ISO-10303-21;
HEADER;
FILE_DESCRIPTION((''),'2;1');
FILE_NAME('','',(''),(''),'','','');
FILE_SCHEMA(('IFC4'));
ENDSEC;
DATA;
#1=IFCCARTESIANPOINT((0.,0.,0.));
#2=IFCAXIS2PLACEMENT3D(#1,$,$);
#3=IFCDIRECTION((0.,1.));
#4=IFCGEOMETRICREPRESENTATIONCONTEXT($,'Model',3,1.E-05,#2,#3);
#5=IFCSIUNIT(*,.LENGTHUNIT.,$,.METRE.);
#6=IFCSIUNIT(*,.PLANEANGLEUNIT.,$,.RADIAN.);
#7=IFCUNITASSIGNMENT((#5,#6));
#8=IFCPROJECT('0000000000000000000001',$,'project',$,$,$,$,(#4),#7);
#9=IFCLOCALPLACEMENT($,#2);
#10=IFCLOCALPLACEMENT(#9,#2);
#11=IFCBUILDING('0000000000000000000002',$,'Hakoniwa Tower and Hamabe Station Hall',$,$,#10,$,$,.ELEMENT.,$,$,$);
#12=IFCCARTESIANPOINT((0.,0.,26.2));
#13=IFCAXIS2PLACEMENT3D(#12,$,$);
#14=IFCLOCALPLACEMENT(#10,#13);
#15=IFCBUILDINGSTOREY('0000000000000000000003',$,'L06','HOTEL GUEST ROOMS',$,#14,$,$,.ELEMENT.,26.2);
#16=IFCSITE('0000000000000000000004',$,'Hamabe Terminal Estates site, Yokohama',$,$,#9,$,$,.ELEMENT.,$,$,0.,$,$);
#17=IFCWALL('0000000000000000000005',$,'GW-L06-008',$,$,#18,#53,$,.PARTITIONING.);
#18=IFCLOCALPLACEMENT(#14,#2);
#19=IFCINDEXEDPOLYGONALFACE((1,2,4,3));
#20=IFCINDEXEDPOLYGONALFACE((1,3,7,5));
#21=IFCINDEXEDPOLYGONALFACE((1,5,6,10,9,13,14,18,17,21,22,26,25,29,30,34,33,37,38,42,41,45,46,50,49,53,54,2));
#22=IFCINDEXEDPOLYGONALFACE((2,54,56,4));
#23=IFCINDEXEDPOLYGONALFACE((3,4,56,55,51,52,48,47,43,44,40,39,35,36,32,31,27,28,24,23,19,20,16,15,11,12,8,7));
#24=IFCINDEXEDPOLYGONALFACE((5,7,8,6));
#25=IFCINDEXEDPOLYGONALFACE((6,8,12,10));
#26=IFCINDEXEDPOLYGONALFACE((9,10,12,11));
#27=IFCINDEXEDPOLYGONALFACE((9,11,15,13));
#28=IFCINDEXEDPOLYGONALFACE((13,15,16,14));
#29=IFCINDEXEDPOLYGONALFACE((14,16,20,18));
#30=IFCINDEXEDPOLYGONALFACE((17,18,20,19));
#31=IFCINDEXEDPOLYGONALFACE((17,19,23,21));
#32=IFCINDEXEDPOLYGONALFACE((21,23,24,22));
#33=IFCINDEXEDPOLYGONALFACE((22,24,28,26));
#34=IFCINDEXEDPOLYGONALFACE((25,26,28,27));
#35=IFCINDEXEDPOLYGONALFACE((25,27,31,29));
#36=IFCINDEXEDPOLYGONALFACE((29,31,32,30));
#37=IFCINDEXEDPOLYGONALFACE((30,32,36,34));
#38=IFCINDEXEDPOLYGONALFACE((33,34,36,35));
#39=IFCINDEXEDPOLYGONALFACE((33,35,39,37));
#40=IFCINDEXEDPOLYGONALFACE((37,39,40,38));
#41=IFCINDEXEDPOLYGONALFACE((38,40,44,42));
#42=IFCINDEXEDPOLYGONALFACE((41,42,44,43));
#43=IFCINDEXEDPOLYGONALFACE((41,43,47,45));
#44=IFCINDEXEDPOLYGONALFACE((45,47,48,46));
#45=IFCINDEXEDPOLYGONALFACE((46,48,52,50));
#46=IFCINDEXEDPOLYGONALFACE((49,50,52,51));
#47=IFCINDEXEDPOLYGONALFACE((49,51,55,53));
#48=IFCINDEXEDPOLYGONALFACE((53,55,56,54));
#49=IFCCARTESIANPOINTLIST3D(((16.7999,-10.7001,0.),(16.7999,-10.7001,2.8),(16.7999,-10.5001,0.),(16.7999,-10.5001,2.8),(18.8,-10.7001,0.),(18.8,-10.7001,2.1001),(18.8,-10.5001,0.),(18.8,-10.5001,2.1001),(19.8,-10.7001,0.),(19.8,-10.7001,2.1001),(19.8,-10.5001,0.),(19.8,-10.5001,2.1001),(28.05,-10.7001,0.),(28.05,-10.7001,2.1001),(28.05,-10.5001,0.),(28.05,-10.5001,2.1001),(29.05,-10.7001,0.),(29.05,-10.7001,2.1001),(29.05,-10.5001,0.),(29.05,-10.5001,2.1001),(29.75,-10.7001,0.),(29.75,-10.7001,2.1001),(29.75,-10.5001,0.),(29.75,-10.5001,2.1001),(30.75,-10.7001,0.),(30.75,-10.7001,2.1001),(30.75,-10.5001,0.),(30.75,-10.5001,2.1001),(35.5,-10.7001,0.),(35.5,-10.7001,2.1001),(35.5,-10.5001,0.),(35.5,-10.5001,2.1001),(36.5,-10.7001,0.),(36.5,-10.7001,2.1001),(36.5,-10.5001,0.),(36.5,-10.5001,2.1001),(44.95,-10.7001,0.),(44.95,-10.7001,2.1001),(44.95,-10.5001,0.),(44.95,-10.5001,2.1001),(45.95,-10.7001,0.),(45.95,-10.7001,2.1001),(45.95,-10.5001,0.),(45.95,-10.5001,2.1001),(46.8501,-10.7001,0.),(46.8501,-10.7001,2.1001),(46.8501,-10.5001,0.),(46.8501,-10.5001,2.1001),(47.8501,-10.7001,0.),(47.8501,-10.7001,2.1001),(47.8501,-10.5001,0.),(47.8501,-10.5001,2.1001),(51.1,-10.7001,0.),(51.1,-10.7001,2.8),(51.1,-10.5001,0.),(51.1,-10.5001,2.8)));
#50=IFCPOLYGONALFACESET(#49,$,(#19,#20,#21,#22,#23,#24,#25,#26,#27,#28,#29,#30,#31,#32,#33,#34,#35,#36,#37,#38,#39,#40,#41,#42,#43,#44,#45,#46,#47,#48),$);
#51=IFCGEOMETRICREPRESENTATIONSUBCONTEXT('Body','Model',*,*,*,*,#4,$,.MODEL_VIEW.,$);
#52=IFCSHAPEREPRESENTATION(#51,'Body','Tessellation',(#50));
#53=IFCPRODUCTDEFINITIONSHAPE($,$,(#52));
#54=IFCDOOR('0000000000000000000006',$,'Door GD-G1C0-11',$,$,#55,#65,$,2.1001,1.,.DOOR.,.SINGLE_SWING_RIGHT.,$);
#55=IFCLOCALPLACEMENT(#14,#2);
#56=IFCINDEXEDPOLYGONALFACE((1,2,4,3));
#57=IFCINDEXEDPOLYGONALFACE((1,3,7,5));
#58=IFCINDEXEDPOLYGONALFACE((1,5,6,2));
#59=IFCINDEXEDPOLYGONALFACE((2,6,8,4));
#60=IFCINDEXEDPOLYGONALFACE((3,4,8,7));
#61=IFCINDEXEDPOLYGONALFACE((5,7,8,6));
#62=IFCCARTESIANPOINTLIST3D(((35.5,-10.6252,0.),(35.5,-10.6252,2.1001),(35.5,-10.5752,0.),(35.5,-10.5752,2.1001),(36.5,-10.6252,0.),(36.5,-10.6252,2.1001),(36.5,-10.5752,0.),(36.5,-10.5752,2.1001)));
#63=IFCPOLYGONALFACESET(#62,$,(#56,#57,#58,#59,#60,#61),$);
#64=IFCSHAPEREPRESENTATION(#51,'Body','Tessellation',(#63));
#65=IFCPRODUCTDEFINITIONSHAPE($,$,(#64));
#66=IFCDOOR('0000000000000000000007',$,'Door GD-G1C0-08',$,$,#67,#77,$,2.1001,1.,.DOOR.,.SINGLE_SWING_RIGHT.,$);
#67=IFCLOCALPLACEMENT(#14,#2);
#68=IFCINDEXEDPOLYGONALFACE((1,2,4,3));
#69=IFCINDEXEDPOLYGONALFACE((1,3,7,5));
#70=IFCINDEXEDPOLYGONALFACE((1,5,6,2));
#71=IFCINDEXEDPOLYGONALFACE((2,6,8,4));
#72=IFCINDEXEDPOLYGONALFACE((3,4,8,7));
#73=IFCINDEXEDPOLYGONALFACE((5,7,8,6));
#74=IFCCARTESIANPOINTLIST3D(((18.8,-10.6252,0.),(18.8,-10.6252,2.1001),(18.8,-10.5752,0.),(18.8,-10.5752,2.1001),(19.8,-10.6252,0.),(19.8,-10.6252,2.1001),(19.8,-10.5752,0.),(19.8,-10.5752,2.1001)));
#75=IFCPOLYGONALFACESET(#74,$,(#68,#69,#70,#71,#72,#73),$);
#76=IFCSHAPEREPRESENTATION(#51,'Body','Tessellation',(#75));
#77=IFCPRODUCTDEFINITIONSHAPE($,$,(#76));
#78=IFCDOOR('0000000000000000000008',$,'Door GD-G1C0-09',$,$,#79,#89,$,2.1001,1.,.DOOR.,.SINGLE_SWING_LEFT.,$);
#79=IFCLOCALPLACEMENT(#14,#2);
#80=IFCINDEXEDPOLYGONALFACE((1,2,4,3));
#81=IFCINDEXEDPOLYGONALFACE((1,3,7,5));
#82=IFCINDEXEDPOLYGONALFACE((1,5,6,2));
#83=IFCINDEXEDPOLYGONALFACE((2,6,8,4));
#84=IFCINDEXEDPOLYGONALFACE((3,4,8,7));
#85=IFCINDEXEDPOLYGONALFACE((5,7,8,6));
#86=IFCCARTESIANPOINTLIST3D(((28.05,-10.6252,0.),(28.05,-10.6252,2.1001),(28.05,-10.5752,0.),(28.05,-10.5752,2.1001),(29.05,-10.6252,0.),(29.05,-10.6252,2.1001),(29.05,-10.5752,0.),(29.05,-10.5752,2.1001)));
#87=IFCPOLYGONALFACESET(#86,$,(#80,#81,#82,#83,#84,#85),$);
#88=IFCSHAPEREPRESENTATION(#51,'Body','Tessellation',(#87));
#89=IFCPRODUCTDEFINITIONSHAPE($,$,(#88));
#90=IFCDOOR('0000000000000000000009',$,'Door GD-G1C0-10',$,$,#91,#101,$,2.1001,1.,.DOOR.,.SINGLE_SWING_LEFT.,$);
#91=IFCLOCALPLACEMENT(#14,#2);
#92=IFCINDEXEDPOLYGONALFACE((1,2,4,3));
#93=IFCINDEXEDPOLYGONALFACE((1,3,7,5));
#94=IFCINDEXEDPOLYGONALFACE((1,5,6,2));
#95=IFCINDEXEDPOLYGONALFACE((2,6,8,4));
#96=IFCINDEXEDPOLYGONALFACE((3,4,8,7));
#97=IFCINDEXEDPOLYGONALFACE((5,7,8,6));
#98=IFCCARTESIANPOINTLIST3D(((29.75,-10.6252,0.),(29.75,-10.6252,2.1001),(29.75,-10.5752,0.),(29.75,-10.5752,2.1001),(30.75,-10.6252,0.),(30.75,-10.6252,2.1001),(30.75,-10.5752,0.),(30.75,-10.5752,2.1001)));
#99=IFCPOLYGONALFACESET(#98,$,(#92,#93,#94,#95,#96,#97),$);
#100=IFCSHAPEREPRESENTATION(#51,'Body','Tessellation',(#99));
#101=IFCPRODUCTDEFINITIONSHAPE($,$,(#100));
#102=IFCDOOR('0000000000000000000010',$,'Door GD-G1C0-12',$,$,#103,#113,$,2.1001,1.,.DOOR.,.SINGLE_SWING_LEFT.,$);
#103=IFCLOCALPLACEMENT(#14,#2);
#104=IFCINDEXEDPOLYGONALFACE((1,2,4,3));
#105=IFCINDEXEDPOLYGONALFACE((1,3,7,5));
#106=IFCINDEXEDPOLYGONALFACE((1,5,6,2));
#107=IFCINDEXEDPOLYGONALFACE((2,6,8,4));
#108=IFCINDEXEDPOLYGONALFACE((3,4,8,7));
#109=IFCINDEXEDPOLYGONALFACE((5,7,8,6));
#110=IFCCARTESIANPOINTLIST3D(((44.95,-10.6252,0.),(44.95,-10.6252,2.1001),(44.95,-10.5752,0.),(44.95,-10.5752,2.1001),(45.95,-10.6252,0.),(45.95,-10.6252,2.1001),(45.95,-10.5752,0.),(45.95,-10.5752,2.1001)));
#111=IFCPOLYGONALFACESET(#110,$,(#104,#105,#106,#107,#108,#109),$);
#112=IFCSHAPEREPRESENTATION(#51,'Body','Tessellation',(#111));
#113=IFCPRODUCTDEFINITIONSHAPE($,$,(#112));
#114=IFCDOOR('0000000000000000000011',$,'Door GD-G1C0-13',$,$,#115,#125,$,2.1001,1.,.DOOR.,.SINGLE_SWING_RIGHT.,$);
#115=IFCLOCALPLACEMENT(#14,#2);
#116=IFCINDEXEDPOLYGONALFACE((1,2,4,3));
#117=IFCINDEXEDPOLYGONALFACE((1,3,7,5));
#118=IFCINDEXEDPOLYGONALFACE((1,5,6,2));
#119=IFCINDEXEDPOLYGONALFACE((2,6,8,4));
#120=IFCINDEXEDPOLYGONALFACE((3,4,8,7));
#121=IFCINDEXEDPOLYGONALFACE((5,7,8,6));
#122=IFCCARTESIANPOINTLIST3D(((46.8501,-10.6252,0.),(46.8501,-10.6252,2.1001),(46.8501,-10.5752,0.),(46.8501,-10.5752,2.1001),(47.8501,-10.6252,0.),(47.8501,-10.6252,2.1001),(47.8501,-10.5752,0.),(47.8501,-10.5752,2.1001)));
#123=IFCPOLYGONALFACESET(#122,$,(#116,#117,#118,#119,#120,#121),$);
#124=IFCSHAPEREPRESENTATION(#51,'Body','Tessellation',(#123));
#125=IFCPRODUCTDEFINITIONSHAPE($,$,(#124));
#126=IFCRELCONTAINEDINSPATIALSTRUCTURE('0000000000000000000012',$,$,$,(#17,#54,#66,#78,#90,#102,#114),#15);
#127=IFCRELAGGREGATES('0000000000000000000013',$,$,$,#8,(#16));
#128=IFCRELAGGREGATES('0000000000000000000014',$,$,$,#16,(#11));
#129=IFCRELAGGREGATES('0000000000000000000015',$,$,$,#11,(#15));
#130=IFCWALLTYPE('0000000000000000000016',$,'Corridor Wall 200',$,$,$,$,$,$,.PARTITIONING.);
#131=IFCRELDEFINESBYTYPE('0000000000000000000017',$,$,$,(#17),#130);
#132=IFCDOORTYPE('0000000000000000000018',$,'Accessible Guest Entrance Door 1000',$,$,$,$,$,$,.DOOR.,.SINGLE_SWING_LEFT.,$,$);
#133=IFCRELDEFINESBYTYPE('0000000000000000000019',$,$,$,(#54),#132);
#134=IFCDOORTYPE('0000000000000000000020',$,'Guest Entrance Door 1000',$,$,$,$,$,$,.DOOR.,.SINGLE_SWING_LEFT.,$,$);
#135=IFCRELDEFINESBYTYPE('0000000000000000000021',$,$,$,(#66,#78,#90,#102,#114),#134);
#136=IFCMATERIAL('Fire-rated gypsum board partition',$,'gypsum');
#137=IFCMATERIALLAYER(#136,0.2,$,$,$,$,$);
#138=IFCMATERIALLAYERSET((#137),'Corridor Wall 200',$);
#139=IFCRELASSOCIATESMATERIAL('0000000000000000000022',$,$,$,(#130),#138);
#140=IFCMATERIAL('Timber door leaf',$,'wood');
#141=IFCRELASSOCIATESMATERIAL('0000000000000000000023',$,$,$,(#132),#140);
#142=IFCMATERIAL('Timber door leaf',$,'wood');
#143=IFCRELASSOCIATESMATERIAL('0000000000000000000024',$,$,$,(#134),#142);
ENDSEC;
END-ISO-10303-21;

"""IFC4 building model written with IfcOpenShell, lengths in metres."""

from ifc_helpers import new_model, si_unit, direction, frame, frame_2d, origin, place, context, subcontext, project, spatial, rectangle, extrude, material, layer, layer_set, type_object, element, fill, save


model = new_model("IFC4")

# Units and contexts
model_context = context("Model", 3, precision=1e-05, world=origin(), true_north=direction((0.0, 1.0)))
body_context = subcontext(model_context, "Body", "Model", "MODEL_VIEW")
ifc_project = project(units=[si_unit("LENGTHUNIT", "METRE"), si_unit("PLANEANGLEUNIT", "RADIAN")], contexts=[model_context])

# Site, building, storey
site_placement = place(None, origin())
site = spatial("IfcSite", under=ifc_project, at=site_placement, Name="Hamabe Terminal Estates site, Yokohama", CompositionType="ELEMENT", RefElevation=0.0)
building_placement = place(site_placement, origin())
building = spatial("IfcBuilding", under=site, at=building_placement, Name="Hakoniwa Tower and Hamabe Station Hall", CompositionType="ELEMENT")
storey_placement = place(building_placement, frame((0.0, 0.0, 26.2)))
storey = spatial("IfcBuildingStorey", under=building, at=storey_placement, Name="L06", Description="HOTEL GUEST ROOMS", CompositionType="ELEMENT", Elevation=26.2)

# Wall, openings, doors
ifc_material_1 = material(Name="Fire-rated gypsum board partition", Category="gypsum")
ifc_layer_1 = layer(ifc_material_1, 0.2)
ifc_layer_set_1 = layer_set([ifc_layer_1], Name="Corridor Wall 200")
wall_type_1 = type_object("IfcWallType", Name="Corridor Wall 200", PredefinedType="PARTITIONING", material=ifc_layer_set_1)
wall_1_placement = place(storey_placement, frame((16.8, -10.6001, 0.0), z_axis=(0.0, 0.0, 1.0), x_axis=(1.0, 0.0, 0.0)))
wall_1 = element("IfcWall", 1, at=wall_1_placement, inside=storey, type_object=wall_type_1, Name="GW-L06-008", PredefinedType="PARTITIONING", context=body_context, shape_type="SweptSolid", body=[
    extrude(rectangle(XDim=34.3, YDim=0.2, at=frame_2d((17.1499, 0.0))), origin(), (0.0, 0.0, 1.0), 2.8),
])
opening_1_placement = place(wall_1_placement, frame((2.0, 0.0, 0.0)))
opening_1 = element("IfcOpeningElement", 2, at=opening_1_placement, cuts=wall_1, PredefinedType="OPENING", context=body_context, shape_type="SweptSolid", body=[
    extrude(rectangle(XDim=1.0, YDim=2.1001, at=frame_2d((0.5, 1.05))), frame((0.0, 0.1099, 0.0), z_axis=(0.0, -1.0, 0.0), x_axis=(1.0, 0.0, 0.0)), (0.0, 0.0, 1.0), 0.22),
])
opening_2_placement = place(wall_1_placement, frame((11.25, 0.0, 0.0)))
opening_2 = element("IfcOpeningElement", 3, at=opening_2_placement, cuts=wall_1, PredefinedType="OPENING", context=body_context, shape_type="SweptSolid", body=[
    extrude(rectangle(XDim=1.0, YDim=2.1001, at=frame_2d((0.5, 1.05))), frame((0.0, 0.1099, 0.0), z_axis=(0.0, -1.0, 0.0), x_axis=(1.0, 0.0, 0.0)), (0.0, 0.0, 1.0), 0.22),
])
opening_3_placement = place(wall_1_placement, frame((12.95, 0.0, 0.0)))
opening_3 = element("IfcOpeningElement", 4, at=opening_3_placement, cuts=wall_1, PredefinedType="OPENING", context=body_context, shape_type="SweptSolid", body=[
    extrude(rectangle(XDim=1.0, YDim=2.1001, at=frame_2d((0.5, 1.05))), frame((0.0, 0.1099, 0.0), z_axis=(0.0, -1.0, 0.0), x_axis=(1.0, 0.0, 0.0)), (0.0, 0.0, 1.0), 0.22),
])
opening_4_placement = place(wall_1_placement, frame((18.7, 0.0, 0.0)))
opening_4 = element("IfcOpeningElement", 5, at=opening_4_placement, cuts=wall_1, PredefinedType="OPENING", context=body_context, shape_type="SweptSolid", body=[
    extrude(rectangle(XDim=1.0, YDim=2.1001, at=frame_2d((0.5, 1.05))), frame((0.0, 0.1099, 0.0), z_axis=(0.0, -1.0, 0.0), x_axis=(1.0, 0.0, 0.0)), (0.0, 0.0, 1.0), 0.22),
])
opening_5_placement = place(wall_1_placement, frame((28.1499, 0.0, 0.0)))
opening_5 = element("IfcOpeningElement", 6, at=opening_5_placement, cuts=wall_1, PredefinedType="OPENING", context=body_context, shape_type="SweptSolid", body=[
    extrude(rectangle(XDim=1.0, YDim=2.1001, at=frame_2d((0.5, 1.05))), frame((0.0, 0.1099, 0.0), z_axis=(0.0, -1.0, 0.0), x_axis=(1.0, 0.0, 0.0)), (0.0, 0.0, 1.0), 0.22),
])
opening_6_placement = place(wall_1_placement, frame((30.05, 0.0, 0.0)))
opening_6 = element("IfcOpeningElement", 7, at=opening_6_placement, cuts=wall_1, PredefinedType="OPENING", context=body_context, shape_type="SweptSolid", body=[
    extrude(rectangle(XDim=1.0, YDim=2.1001, at=frame_2d((0.5, 1.05))), frame((0.0, 0.1099, 0.0), z_axis=(0.0, -1.0, 0.0), x_axis=(1.0, 0.0, 0.0)), (0.0, 0.0, 1.0), 0.22),
])
ifc_material_2 = material(Name="Timber door leaf", Category="wood")
door_type_1 = type_object("IfcDoorType", Name="Accessible Guest Entrance Door 1000", OperationType="SINGLE_SWING_LEFT", PredefinedType="DOOR", material=ifc_material_2)
door_1_placement = place(opening_4_placement, origin())
door_1 = element("IfcDoor", 8, at=door_1_placement, inside=storey, type_object=door_type_1, Name="Door GD-G1C0-11", OperationType="SINGLE_SWING_RIGHT", OverallHeight=2.1001, OverallWidth=1.0, PredefinedType="DOOR", context=body_context, shape_type="SweptSolid", body=[
    extrude(rectangle(XDim=1.0, YDim=2.1001, at=frame_2d((0.5, 1.05))), frame((0.0, 0.0249, 0.0), z_axis=(0.0, -1.0, 0.0), x_axis=(1.0, 0.0, 0.0)), (0.0, 0.0, 1.0), 0.05),
])
fill(opening_4, door_1)
ifc_material_3 = material(Name="Timber door leaf", Category="wood")
door_type_2 = type_object("IfcDoorType", Name="Guest Entrance Door 1000", OperationType="SINGLE_SWING_LEFT", PredefinedType="DOOR", material=ifc_material_3)
door_2_placement = place(opening_1_placement, origin())
door_2 = element("IfcDoor", 9, at=door_2_placement, inside=storey, type_object=door_type_2, Name="Door GD-G1C0-08", OperationType="SINGLE_SWING_RIGHT", OverallHeight=2.1001, OverallWidth=1.0, PredefinedType="DOOR", context=body_context, shape_type="SweptSolid", body=[
    extrude(rectangle(XDim=1.0, YDim=2.1001, at=frame_2d((0.5, 1.05))), frame((0.0, 0.0249, 0.0), z_axis=(0.0, -1.0, 0.0), x_axis=(1.0, 0.0, 0.0)), (0.0, 0.0, 1.0), 0.05),
])
fill(opening_1, door_2)
door_3_placement = place(opening_2_placement, origin())
door_3 = element("IfcDoor", 10, at=door_3_placement, inside=storey, type_object=door_type_2, Name="Door GD-G1C0-09", OperationType="SINGLE_SWING_LEFT", OverallHeight=2.1001, OverallWidth=1.0, PredefinedType="DOOR", context=body_context, shape_type="SweptSolid", body=[
    extrude(rectangle(XDim=1.0, YDim=2.1001, at=frame_2d((0.5, 1.05))), frame((0.0, 0.0249, 0.0), z_axis=(0.0, -1.0, 0.0), x_axis=(1.0, 0.0, 0.0)), (0.0, 0.0, 1.0), 0.05),
])
fill(opening_2, door_3)
door_4_placement = place(opening_3_placement, origin())
door_4 = element("IfcDoor", 11, at=door_4_placement, inside=storey, type_object=door_type_2, Name="Door GD-G1C0-10", OperationType="SINGLE_SWING_LEFT", OverallHeight=2.1001, OverallWidth=1.0, PredefinedType="DOOR", context=body_context, shape_type="SweptSolid", body=[
    extrude(rectangle(XDim=1.0, YDim=2.1001, at=frame_2d((0.5, 1.05))), frame((0.0, 0.0249, 0.0), z_axis=(0.0, -1.0, 0.0), x_axis=(1.0, 0.0, 0.0)), (0.0, 0.0, 1.0), 0.05),
])
fill(opening_3, door_4)
door_5_placement = place(opening_5_placement, origin())
door_5 = element("IfcDoor", 12, at=door_5_placement, inside=storey, type_object=door_type_2, Name="Door GD-G1C0-12", OperationType="SINGLE_SWING_LEFT", OverallHeight=2.1001, OverallWidth=1.0, PredefinedType="DOOR", context=body_context, shape_type="SweptSolid", body=[
    extrude(rectangle(XDim=1.0, YDim=2.1001, at=frame_2d((0.5, 1.05))), frame((0.0, 0.0249, 0.0), z_axis=(0.0, -1.0, 0.0), x_axis=(1.0, 0.0, 0.0)), (0.0, 0.0, 1.0), 0.05),
])
fill(opening_5, door_5)
door_6_placement = place(opening_6_placement, origin())
door_6 = element("IfcDoor", 13, at=door_6_placement, inside=storey, type_object=door_type_2, Name="Door GD-G1C0-13", OperationType="SINGLE_SWING_RIGHT", OverallHeight=2.1001, OverallWidth=1.0, PredefinedType="DOOR", context=body_context, shape_type="SweptSolid", body=[
    extrude(rectangle(XDim=1.0, YDim=2.1001, at=frame_2d((0.5, 1.05))), frame((0.0, 0.0249, 0.0), z_axis=(0.0, -1.0, 0.0), x_axis=(1.0, 0.0, 0.0)), (0.0, 0.0, 1.0), 0.05),
])
fill(opening_6, door_6)

save(model, "model.ifc")
